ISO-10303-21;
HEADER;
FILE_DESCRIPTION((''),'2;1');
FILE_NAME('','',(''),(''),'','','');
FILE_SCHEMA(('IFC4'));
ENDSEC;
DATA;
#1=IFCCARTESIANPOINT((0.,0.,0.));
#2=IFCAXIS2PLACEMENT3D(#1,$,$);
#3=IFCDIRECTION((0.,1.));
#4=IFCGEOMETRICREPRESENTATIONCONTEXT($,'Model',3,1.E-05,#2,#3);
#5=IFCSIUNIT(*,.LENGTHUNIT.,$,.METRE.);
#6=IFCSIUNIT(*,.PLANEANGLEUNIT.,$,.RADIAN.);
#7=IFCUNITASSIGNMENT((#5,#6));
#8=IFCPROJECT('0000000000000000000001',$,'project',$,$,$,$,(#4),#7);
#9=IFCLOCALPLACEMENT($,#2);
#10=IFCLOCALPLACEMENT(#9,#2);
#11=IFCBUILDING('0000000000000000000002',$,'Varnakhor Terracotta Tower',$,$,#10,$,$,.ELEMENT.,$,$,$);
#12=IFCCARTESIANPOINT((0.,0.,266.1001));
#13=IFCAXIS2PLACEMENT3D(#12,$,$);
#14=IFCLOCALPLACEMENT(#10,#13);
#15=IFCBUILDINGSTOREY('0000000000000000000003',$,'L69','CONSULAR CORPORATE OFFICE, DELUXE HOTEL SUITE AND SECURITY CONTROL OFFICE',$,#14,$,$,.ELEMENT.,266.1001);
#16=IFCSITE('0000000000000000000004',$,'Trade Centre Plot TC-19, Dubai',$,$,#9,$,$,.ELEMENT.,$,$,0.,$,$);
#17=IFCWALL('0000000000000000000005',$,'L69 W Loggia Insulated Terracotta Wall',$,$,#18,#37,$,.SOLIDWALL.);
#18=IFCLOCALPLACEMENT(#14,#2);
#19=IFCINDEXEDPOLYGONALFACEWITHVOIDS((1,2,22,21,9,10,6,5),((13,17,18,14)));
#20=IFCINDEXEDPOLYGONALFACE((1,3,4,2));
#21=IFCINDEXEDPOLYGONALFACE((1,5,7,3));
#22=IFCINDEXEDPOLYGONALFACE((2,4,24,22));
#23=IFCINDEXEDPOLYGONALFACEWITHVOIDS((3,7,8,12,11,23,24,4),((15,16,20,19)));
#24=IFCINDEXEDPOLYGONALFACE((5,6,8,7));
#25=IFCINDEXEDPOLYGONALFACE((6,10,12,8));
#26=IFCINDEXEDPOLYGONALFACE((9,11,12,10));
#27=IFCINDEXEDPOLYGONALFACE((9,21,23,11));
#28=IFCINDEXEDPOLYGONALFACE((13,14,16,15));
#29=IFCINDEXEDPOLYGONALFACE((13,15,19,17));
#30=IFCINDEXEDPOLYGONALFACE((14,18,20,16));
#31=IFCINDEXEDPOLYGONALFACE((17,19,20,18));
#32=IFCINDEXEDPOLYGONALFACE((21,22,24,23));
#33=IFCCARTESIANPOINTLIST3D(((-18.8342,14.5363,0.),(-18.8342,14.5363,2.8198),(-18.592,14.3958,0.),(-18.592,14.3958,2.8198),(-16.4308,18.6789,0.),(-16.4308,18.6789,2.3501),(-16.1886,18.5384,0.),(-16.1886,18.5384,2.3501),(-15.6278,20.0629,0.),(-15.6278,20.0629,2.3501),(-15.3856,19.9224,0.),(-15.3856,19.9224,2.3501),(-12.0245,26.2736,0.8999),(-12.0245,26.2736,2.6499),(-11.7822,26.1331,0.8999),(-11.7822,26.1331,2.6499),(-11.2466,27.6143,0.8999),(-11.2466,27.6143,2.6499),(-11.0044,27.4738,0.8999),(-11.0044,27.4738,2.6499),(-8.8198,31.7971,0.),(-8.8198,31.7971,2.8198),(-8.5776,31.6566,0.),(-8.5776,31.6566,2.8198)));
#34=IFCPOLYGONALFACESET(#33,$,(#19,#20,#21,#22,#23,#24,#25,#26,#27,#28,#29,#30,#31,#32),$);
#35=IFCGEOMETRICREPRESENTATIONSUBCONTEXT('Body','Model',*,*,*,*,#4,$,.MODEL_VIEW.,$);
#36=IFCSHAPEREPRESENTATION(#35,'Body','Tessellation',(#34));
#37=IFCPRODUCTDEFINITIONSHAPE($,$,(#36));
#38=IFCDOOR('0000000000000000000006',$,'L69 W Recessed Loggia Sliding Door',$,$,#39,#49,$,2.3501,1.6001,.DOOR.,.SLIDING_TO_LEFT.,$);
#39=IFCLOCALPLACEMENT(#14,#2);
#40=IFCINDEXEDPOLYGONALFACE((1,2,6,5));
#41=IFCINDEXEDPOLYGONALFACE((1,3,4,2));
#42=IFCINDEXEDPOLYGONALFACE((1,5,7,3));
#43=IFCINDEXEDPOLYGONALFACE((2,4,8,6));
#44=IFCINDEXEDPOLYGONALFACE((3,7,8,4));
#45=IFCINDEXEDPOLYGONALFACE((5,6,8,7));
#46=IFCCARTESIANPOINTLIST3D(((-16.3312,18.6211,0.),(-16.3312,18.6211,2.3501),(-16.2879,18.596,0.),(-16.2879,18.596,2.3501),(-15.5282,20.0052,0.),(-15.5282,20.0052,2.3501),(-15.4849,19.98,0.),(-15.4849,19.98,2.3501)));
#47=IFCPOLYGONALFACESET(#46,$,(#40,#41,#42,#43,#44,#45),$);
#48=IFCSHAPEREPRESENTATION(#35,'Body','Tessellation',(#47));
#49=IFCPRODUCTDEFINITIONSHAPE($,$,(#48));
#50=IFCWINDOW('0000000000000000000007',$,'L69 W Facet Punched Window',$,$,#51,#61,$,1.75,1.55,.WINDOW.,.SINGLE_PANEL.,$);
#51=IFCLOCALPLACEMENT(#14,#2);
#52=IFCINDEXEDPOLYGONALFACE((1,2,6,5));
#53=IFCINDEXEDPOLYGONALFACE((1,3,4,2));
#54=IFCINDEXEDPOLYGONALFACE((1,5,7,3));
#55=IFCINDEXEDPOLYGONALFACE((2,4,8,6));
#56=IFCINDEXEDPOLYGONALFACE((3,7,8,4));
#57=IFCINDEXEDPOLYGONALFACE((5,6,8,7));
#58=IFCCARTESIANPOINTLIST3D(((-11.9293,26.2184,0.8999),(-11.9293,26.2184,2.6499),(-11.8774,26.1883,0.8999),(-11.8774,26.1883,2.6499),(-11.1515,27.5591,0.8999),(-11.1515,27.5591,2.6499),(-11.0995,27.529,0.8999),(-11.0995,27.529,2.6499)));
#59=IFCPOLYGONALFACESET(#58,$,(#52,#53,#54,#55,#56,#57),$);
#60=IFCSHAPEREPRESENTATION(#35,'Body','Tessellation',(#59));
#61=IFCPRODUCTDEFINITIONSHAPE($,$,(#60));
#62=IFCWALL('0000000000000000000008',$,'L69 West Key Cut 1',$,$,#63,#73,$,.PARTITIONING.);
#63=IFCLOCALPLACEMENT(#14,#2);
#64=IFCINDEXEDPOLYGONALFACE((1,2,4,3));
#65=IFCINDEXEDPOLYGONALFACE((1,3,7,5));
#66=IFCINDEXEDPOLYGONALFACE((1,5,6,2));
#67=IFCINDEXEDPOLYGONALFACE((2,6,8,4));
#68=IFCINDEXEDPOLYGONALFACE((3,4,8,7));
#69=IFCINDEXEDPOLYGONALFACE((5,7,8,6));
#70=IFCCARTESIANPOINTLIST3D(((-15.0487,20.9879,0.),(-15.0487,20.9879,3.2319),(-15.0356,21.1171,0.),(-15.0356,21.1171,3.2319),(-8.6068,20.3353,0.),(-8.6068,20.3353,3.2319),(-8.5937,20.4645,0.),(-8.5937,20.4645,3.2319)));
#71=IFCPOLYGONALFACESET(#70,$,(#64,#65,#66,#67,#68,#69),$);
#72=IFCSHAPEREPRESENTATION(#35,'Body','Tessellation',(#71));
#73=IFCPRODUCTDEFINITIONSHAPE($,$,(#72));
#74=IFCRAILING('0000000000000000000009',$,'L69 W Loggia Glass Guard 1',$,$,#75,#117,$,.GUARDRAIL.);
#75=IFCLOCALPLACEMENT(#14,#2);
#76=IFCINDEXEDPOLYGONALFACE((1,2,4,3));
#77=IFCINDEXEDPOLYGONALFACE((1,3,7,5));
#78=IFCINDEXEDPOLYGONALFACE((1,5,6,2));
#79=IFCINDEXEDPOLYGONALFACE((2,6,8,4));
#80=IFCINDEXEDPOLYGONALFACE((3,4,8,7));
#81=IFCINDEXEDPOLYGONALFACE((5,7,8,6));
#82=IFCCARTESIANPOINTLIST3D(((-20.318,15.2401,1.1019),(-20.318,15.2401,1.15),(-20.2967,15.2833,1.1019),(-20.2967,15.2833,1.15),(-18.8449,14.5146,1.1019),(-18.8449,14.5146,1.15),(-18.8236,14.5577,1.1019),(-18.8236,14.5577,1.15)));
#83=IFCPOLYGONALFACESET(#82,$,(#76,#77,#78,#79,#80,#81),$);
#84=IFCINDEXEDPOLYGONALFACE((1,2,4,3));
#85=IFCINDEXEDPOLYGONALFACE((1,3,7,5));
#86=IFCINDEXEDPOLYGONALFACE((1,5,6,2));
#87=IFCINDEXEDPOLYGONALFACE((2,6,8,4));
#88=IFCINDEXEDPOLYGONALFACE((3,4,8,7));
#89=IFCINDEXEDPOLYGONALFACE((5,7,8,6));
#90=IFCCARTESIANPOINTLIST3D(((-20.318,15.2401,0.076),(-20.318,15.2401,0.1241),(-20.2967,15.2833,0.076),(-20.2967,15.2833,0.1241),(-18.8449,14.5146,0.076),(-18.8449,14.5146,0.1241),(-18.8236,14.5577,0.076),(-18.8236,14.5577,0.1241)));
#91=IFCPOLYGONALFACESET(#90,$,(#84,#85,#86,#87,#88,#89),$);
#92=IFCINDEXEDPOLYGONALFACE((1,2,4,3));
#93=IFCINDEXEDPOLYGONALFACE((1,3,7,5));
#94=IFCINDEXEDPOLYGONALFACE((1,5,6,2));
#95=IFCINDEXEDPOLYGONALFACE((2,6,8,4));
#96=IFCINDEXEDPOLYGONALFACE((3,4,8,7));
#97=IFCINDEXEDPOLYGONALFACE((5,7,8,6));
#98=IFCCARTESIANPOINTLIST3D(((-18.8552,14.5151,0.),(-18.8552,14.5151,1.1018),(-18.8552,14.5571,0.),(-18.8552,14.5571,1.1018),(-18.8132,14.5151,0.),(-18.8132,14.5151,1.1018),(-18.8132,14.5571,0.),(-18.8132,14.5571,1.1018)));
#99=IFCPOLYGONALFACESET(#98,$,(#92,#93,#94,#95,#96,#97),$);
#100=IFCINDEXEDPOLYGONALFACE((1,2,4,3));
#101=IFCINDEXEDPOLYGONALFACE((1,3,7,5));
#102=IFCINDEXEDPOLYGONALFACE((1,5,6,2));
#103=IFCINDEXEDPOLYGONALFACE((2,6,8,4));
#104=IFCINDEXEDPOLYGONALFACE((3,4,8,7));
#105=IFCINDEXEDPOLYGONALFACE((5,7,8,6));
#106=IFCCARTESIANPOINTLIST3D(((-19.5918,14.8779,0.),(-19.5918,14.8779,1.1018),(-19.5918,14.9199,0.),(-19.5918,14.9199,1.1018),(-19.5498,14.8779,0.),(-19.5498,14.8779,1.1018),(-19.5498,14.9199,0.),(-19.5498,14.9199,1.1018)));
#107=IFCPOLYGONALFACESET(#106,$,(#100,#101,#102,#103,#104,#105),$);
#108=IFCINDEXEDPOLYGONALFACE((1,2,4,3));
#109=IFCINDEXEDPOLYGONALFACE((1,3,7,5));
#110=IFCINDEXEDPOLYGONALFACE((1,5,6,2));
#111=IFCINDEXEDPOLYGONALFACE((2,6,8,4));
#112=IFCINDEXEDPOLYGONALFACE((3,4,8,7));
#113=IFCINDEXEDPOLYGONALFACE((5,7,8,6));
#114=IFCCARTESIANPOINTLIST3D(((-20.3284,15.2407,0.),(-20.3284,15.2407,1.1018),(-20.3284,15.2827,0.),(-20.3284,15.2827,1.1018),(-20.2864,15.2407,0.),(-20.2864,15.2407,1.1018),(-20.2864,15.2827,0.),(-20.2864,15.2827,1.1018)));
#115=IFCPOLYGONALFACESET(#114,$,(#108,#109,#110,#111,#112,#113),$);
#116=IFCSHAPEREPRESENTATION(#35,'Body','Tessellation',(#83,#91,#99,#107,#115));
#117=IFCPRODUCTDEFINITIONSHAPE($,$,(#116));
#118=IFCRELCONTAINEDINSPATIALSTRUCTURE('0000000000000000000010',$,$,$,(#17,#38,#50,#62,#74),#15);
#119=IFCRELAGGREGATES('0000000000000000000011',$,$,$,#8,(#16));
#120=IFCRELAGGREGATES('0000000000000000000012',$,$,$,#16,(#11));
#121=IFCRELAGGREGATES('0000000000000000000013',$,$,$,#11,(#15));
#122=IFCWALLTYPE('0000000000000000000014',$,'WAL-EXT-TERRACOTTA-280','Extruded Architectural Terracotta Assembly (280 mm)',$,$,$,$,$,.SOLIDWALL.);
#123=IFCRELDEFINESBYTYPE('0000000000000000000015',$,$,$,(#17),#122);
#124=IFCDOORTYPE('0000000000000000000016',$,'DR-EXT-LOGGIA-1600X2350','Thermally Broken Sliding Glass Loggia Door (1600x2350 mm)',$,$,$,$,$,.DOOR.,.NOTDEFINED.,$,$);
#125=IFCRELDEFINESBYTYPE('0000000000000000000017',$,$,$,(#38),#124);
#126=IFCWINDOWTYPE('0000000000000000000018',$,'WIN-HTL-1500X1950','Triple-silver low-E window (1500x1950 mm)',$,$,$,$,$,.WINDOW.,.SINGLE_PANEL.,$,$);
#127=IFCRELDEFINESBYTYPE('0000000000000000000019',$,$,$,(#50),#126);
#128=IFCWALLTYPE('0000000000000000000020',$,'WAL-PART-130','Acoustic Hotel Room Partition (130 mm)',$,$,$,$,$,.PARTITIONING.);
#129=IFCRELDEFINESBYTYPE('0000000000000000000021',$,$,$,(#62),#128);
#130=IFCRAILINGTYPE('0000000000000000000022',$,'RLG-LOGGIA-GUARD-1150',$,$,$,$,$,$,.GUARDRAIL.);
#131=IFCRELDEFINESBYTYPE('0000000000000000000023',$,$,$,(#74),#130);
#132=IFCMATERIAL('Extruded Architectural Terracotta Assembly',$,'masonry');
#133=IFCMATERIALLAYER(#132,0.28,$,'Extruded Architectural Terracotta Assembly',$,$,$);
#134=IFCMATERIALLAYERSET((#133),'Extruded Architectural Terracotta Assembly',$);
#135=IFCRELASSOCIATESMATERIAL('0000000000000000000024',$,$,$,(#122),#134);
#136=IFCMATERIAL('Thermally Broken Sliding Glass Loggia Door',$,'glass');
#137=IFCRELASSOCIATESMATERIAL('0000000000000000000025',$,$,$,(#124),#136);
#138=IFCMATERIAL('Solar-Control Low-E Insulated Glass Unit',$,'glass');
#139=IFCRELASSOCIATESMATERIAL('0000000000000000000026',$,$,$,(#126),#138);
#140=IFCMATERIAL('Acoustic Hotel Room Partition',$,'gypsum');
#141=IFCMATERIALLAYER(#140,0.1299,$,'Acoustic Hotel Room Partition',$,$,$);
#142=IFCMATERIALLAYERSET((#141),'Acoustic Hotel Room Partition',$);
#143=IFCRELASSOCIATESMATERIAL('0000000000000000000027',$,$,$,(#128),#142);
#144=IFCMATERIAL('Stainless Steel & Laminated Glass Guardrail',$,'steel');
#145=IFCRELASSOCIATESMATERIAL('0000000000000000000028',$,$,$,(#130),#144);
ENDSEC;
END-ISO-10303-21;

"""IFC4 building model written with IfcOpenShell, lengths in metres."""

from ifc_helpers import new_model, si_unit, direction, frame, frame_2d, origin, origin_2d, place, context, subcontext, project, spatial, rectangle, extrude, source, transform, mapped, material, layer, layer_set, type_object, type_shapes, element, fill, save


model = new_model("IFC4")

# Units and contexts
model_context = context("Model", 3, precision=1e-05, world=origin(), true_north=direction((0.0, 1.0)))
body_context = subcontext(model_context, "Body", "Model", "MODEL_VIEW")
ifc_project = project(units=[si_unit("LENGTHUNIT", "METRE"), si_unit("PLANEANGLEUNIT", "RADIAN")], contexts=[model_context])

# Site, building, storey
site_placement = place(None, origin())
site = spatial("IfcSite", under=ifc_project, at=site_placement, Name="Trade Centre Plot TC-19, Dubai", CompositionType="ELEMENT", RefElevation=0.0)
building_placement = place(site_placement, origin())
building = spatial("IfcBuilding", under=site, at=building_placement, Name="Varnakhor Terracotta Tower", CompositionType="ELEMENT")
storey_placement = place(building_placement, frame((0.0, 0.0, 266.1001)))
storey = spatial("IfcBuildingStorey", under=building, at=storey_placement, Name="L69", Description="CONSULAR CORPORATE OFFICE, DELUXE HOTEL SUITE AND SECURITY CONTROL OFFICE", CompositionType="ELEMENT", Elevation=266.1001)

# Wall, openings, door, window
ifc_material_1 = material(Name="Extruded Architectural Terracotta Assembly", Category="masonry")
ifc_layer_1 = layer(ifc_material_1, 0.28, Name="Extruded Architectural Terracotta Assembly")
ifc_layer_set_1 = layer_set([ifc_layer_1], Name="Extruded Architectural Terracotta Assembly")
wall_type_1 = type_object("IfcWallType", Name="WAL-EXT-TERRACOTTA-280", Description="Extruded Architectural Terracotta Assembly (280 mm)", PredefinedType="SOLIDWALL", material=ifc_layer_set_1)
wall_1_placement = place(storey_placement, frame((-18.7131, 14.4661, 0.0), z_axis=(0.0, 0.0, 1.0), x_axis=(0.501837, 0.864962, 0.0)))
wall_1 = element("IfcWall", 1, at=wall_1_placement, inside=storey, type_object=wall_type_1, Name="L69 W Loggia Insulated Terracotta Wall", PredefinedType="SOLIDWALL", context=body_context, shape_type="SweptSolid", body=[
    extrude(rectangle(XDim=19.9556, YDim=0.28, at=frame_2d((9.9778, 0.0))), origin(), (0.0, 0.0, 1.0), 2.8198),
])
opening_1_placement = place(wall_1_placement, frame((4.7893, 0.0, 0.0)))
opening_1 = element("IfcOpeningElement", 2, at=opening_1_placement, cuts=wall_1, PredefinedType="OPENING", context=body_context, shape_type="SweptSolid", body=[
    extrude(rectangle(XDim=1.6001, YDim=2.3501, at=frame_2d((0.8, 1.175))), frame((0.0, 0.1499, 0.0), z_axis=(0.0, -1.0, 0.0), x_axis=(1.0, 0.0, 0.0)), (0.0, 0.0, 1.0), 0.3),
])
opening_2_placement = place(wall_1_placement, frame((13.5698, 0.0, 0.8999)))
opening_2 = element("IfcOpeningElement", 3, at=opening_2_placement, cuts=wall_1, PredefinedType="OPENING", context=body_context, shape_type="SweptSolid", body=[
    extrude(rectangle(XDim=1.55, YDim=1.75, at=frame_2d((0.7749, 0.875))), frame((0.0, 0.1499, 0.0), z_axis=(0.0, -1.0, 0.0), x_axis=(1.0, 0.0, 0.0)), (0.0, 0.0, 1.0), 0.3),
])
ifc_material_2 = material(Name="Thermally Broken Sliding Glass Loggia Door", Category="glass")
door_type_1 = type_object("IfcDoorType", Name="DR-EXT-LOGGIA-1600X2350", Description="Thermally Broken Sliding Glass Loggia Door (1600x2350 mm)", OperationType="NOTDEFINED", PredefinedType="DOOR", material=ifc_material_2)
shared_shape_1 = source(origin(), body_context, "Body", "SweptSolid", [
    extrude(rectangle(XDim=1.6001, YDim=2.3501, at=frame_2d((0.8, 1.175))), frame((0.0, 0.0249, 0.0), z_axis=(0.0, -1.0, 0.0), x_axis=(1.0, 0.0, 0.0)), (0.0, 0.0, 1.0), 0.05),
])
type_shapes(door_type_1, [shared_shape_1])
door_1_placement = place(opening_1_placement, origin())
door_1 = element("IfcDoor", 4, at=door_1_placement, inside=storey, type_object=door_type_1, Name="L69 W Recessed Loggia Sliding Door", OperationType="SLIDING_TO_LEFT", OverallHeight=2.3501, OverallWidth=1.6001, PredefinedType="DOOR", context=body_context, shape_type="MappedRepresentation", body=[
    mapped(shared_shape_1, transform((0.0, 0.0, 0.0), scale=1.0)),
])
fill(opening_1, door_1)
ifc_material_3 = material(Name="Solar-Control Low-E Insulated Glass Unit", Category="glass")
window_type = type_object("IfcWindowType", Name="WIN-HTL-1500X1950", Description="Triple-silver low-E window (1500x1950 mm)", PartitioningType="SINGLE_PANEL", PredefinedType="WINDOW", material=ifc_material_3)
shared_shape_2 = source(origin(), body_context, "Body", "SweptSolid", [
    extrude(rectangle(XDim=1.55, YDim=1.75, at=frame_2d((0.7749, 0.875))), frame((0.0, 0.03, 0.0), z_axis=(0.0, -1.0, 0.0), x_axis=(1.0, 0.0, 0.0)), (0.0, 0.0, 1.0), 0.0601),
])
type_shapes(window_type, [shared_shape_2])
window_placement = place(opening_2_placement, origin())
window = element("IfcWindow", 5, at=window_placement, inside=storey, type_object=window_type, Name="L69 W Facet Punched Window", OverallHeight=1.75, OverallWidth=1.55, PartitioningType="SINGLE_PANEL", PredefinedType="WINDOW", context=body_context, shape_type="MappedRepresentation", body=[
    mapped(shared_shape_2, transform((0.0, 0.0, 0.0), scale=1.0)),
])
fill(opening_2, window)

# Wall
ifc_material_4 = material(Name="Acoustic Hotel Room Partition", Category="gypsum")
ifc_layer_2 = layer(ifc_material_4, 0.1299, Name="Acoustic Hotel Room Partition")
ifc_layer_set_2 = layer_set([ifc_layer_2], Name="Acoustic Hotel Room Partition")
wall_type_2 = type_object("IfcWallType", Name="WAL-PART-130", Description="Acoustic Hotel Room Partition (130 mm)", PredefinedType="PARTITIONING", material=ifc_layer_set_2)
wall_2_placement = place(storey_placement, frame((-15.042, 21.0525, 0.0), z_axis=(0.0, 0.0, 1.0), x_axis=(0.994908, -0.100788, 0.0)))
element("IfcWall", 6, at=wall_2_placement, inside=storey, type_object=wall_type_2, Name="L69 West Key Cut 1", PredefinedType="PARTITIONING", context=body_context, shape_type="SweptSolid", body=[
    extrude(rectangle(XDim=6.4749, YDim=0.1299, at=frame_2d((3.2373, 0.0))), origin(), (0.0, 0.0, 1.0), 3.2319),
])

# Railing
ifc_material_5 = material(Name="Stainless Steel & Laminated Glass Guardrail", Category="steel")
railing_type = type_object("IfcRailingType", Name="RLG-LOGGIA-GUARD-1150", PredefinedType="GUARDRAIL", material=ifc_material_5)
railing_1_placement = place(storey_placement, frame((-18.8342, 14.5361, 0.0)))
element("IfcRailing", 7, at=railing_1_placement, inside=storey, type_object=railing_type, Name="L69 W Loggia Glass Guard 1", PredefinedType="GUARDRAIL", context=body_context, shape_type="SweptSolid", body=[
    extrude(rectangle(XDim=0.0481, YDim=0.0481, at=origin_2d()), frame((0.0, 0.0, 1.126), z_axis=(-0.897087, 0.441853, 0.0), x_axis=(-0.441853, -0.897087, 0.0)), (0.0, 0.0, 1.0), 1.6421),
    extrude(rectangle(XDim=0.0481, YDim=0.0481, at=origin_2d()), frame((0.0, 0.0, 0.1001), z_axis=(-0.897087, 0.441853, 0.0), x_axis=(-0.441853, -0.897087, 0.0)), (0.0, 0.0, 1.0), 1.6421),
    extrude(rectangle(XDim=0.042, YDim=0.042, at=origin_2d()), origin(), (0.0, 0.0, 1.0), 1.1018),
    extrude(rectangle(XDim=0.042, YDim=0.042, at=origin_2d()), frame((-0.7366, 0.3628, 0.0)), (0.0, 0.0, 1.0), 1.1018),
    extrude(rectangle(XDim=0.042, YDim=0.042, at=origin_2d()), frame((-1.4731, 0.7256, 0.0)), (0.0, 0.0, 1.0), 1.1018),
])

save(model, "model.ifc")
